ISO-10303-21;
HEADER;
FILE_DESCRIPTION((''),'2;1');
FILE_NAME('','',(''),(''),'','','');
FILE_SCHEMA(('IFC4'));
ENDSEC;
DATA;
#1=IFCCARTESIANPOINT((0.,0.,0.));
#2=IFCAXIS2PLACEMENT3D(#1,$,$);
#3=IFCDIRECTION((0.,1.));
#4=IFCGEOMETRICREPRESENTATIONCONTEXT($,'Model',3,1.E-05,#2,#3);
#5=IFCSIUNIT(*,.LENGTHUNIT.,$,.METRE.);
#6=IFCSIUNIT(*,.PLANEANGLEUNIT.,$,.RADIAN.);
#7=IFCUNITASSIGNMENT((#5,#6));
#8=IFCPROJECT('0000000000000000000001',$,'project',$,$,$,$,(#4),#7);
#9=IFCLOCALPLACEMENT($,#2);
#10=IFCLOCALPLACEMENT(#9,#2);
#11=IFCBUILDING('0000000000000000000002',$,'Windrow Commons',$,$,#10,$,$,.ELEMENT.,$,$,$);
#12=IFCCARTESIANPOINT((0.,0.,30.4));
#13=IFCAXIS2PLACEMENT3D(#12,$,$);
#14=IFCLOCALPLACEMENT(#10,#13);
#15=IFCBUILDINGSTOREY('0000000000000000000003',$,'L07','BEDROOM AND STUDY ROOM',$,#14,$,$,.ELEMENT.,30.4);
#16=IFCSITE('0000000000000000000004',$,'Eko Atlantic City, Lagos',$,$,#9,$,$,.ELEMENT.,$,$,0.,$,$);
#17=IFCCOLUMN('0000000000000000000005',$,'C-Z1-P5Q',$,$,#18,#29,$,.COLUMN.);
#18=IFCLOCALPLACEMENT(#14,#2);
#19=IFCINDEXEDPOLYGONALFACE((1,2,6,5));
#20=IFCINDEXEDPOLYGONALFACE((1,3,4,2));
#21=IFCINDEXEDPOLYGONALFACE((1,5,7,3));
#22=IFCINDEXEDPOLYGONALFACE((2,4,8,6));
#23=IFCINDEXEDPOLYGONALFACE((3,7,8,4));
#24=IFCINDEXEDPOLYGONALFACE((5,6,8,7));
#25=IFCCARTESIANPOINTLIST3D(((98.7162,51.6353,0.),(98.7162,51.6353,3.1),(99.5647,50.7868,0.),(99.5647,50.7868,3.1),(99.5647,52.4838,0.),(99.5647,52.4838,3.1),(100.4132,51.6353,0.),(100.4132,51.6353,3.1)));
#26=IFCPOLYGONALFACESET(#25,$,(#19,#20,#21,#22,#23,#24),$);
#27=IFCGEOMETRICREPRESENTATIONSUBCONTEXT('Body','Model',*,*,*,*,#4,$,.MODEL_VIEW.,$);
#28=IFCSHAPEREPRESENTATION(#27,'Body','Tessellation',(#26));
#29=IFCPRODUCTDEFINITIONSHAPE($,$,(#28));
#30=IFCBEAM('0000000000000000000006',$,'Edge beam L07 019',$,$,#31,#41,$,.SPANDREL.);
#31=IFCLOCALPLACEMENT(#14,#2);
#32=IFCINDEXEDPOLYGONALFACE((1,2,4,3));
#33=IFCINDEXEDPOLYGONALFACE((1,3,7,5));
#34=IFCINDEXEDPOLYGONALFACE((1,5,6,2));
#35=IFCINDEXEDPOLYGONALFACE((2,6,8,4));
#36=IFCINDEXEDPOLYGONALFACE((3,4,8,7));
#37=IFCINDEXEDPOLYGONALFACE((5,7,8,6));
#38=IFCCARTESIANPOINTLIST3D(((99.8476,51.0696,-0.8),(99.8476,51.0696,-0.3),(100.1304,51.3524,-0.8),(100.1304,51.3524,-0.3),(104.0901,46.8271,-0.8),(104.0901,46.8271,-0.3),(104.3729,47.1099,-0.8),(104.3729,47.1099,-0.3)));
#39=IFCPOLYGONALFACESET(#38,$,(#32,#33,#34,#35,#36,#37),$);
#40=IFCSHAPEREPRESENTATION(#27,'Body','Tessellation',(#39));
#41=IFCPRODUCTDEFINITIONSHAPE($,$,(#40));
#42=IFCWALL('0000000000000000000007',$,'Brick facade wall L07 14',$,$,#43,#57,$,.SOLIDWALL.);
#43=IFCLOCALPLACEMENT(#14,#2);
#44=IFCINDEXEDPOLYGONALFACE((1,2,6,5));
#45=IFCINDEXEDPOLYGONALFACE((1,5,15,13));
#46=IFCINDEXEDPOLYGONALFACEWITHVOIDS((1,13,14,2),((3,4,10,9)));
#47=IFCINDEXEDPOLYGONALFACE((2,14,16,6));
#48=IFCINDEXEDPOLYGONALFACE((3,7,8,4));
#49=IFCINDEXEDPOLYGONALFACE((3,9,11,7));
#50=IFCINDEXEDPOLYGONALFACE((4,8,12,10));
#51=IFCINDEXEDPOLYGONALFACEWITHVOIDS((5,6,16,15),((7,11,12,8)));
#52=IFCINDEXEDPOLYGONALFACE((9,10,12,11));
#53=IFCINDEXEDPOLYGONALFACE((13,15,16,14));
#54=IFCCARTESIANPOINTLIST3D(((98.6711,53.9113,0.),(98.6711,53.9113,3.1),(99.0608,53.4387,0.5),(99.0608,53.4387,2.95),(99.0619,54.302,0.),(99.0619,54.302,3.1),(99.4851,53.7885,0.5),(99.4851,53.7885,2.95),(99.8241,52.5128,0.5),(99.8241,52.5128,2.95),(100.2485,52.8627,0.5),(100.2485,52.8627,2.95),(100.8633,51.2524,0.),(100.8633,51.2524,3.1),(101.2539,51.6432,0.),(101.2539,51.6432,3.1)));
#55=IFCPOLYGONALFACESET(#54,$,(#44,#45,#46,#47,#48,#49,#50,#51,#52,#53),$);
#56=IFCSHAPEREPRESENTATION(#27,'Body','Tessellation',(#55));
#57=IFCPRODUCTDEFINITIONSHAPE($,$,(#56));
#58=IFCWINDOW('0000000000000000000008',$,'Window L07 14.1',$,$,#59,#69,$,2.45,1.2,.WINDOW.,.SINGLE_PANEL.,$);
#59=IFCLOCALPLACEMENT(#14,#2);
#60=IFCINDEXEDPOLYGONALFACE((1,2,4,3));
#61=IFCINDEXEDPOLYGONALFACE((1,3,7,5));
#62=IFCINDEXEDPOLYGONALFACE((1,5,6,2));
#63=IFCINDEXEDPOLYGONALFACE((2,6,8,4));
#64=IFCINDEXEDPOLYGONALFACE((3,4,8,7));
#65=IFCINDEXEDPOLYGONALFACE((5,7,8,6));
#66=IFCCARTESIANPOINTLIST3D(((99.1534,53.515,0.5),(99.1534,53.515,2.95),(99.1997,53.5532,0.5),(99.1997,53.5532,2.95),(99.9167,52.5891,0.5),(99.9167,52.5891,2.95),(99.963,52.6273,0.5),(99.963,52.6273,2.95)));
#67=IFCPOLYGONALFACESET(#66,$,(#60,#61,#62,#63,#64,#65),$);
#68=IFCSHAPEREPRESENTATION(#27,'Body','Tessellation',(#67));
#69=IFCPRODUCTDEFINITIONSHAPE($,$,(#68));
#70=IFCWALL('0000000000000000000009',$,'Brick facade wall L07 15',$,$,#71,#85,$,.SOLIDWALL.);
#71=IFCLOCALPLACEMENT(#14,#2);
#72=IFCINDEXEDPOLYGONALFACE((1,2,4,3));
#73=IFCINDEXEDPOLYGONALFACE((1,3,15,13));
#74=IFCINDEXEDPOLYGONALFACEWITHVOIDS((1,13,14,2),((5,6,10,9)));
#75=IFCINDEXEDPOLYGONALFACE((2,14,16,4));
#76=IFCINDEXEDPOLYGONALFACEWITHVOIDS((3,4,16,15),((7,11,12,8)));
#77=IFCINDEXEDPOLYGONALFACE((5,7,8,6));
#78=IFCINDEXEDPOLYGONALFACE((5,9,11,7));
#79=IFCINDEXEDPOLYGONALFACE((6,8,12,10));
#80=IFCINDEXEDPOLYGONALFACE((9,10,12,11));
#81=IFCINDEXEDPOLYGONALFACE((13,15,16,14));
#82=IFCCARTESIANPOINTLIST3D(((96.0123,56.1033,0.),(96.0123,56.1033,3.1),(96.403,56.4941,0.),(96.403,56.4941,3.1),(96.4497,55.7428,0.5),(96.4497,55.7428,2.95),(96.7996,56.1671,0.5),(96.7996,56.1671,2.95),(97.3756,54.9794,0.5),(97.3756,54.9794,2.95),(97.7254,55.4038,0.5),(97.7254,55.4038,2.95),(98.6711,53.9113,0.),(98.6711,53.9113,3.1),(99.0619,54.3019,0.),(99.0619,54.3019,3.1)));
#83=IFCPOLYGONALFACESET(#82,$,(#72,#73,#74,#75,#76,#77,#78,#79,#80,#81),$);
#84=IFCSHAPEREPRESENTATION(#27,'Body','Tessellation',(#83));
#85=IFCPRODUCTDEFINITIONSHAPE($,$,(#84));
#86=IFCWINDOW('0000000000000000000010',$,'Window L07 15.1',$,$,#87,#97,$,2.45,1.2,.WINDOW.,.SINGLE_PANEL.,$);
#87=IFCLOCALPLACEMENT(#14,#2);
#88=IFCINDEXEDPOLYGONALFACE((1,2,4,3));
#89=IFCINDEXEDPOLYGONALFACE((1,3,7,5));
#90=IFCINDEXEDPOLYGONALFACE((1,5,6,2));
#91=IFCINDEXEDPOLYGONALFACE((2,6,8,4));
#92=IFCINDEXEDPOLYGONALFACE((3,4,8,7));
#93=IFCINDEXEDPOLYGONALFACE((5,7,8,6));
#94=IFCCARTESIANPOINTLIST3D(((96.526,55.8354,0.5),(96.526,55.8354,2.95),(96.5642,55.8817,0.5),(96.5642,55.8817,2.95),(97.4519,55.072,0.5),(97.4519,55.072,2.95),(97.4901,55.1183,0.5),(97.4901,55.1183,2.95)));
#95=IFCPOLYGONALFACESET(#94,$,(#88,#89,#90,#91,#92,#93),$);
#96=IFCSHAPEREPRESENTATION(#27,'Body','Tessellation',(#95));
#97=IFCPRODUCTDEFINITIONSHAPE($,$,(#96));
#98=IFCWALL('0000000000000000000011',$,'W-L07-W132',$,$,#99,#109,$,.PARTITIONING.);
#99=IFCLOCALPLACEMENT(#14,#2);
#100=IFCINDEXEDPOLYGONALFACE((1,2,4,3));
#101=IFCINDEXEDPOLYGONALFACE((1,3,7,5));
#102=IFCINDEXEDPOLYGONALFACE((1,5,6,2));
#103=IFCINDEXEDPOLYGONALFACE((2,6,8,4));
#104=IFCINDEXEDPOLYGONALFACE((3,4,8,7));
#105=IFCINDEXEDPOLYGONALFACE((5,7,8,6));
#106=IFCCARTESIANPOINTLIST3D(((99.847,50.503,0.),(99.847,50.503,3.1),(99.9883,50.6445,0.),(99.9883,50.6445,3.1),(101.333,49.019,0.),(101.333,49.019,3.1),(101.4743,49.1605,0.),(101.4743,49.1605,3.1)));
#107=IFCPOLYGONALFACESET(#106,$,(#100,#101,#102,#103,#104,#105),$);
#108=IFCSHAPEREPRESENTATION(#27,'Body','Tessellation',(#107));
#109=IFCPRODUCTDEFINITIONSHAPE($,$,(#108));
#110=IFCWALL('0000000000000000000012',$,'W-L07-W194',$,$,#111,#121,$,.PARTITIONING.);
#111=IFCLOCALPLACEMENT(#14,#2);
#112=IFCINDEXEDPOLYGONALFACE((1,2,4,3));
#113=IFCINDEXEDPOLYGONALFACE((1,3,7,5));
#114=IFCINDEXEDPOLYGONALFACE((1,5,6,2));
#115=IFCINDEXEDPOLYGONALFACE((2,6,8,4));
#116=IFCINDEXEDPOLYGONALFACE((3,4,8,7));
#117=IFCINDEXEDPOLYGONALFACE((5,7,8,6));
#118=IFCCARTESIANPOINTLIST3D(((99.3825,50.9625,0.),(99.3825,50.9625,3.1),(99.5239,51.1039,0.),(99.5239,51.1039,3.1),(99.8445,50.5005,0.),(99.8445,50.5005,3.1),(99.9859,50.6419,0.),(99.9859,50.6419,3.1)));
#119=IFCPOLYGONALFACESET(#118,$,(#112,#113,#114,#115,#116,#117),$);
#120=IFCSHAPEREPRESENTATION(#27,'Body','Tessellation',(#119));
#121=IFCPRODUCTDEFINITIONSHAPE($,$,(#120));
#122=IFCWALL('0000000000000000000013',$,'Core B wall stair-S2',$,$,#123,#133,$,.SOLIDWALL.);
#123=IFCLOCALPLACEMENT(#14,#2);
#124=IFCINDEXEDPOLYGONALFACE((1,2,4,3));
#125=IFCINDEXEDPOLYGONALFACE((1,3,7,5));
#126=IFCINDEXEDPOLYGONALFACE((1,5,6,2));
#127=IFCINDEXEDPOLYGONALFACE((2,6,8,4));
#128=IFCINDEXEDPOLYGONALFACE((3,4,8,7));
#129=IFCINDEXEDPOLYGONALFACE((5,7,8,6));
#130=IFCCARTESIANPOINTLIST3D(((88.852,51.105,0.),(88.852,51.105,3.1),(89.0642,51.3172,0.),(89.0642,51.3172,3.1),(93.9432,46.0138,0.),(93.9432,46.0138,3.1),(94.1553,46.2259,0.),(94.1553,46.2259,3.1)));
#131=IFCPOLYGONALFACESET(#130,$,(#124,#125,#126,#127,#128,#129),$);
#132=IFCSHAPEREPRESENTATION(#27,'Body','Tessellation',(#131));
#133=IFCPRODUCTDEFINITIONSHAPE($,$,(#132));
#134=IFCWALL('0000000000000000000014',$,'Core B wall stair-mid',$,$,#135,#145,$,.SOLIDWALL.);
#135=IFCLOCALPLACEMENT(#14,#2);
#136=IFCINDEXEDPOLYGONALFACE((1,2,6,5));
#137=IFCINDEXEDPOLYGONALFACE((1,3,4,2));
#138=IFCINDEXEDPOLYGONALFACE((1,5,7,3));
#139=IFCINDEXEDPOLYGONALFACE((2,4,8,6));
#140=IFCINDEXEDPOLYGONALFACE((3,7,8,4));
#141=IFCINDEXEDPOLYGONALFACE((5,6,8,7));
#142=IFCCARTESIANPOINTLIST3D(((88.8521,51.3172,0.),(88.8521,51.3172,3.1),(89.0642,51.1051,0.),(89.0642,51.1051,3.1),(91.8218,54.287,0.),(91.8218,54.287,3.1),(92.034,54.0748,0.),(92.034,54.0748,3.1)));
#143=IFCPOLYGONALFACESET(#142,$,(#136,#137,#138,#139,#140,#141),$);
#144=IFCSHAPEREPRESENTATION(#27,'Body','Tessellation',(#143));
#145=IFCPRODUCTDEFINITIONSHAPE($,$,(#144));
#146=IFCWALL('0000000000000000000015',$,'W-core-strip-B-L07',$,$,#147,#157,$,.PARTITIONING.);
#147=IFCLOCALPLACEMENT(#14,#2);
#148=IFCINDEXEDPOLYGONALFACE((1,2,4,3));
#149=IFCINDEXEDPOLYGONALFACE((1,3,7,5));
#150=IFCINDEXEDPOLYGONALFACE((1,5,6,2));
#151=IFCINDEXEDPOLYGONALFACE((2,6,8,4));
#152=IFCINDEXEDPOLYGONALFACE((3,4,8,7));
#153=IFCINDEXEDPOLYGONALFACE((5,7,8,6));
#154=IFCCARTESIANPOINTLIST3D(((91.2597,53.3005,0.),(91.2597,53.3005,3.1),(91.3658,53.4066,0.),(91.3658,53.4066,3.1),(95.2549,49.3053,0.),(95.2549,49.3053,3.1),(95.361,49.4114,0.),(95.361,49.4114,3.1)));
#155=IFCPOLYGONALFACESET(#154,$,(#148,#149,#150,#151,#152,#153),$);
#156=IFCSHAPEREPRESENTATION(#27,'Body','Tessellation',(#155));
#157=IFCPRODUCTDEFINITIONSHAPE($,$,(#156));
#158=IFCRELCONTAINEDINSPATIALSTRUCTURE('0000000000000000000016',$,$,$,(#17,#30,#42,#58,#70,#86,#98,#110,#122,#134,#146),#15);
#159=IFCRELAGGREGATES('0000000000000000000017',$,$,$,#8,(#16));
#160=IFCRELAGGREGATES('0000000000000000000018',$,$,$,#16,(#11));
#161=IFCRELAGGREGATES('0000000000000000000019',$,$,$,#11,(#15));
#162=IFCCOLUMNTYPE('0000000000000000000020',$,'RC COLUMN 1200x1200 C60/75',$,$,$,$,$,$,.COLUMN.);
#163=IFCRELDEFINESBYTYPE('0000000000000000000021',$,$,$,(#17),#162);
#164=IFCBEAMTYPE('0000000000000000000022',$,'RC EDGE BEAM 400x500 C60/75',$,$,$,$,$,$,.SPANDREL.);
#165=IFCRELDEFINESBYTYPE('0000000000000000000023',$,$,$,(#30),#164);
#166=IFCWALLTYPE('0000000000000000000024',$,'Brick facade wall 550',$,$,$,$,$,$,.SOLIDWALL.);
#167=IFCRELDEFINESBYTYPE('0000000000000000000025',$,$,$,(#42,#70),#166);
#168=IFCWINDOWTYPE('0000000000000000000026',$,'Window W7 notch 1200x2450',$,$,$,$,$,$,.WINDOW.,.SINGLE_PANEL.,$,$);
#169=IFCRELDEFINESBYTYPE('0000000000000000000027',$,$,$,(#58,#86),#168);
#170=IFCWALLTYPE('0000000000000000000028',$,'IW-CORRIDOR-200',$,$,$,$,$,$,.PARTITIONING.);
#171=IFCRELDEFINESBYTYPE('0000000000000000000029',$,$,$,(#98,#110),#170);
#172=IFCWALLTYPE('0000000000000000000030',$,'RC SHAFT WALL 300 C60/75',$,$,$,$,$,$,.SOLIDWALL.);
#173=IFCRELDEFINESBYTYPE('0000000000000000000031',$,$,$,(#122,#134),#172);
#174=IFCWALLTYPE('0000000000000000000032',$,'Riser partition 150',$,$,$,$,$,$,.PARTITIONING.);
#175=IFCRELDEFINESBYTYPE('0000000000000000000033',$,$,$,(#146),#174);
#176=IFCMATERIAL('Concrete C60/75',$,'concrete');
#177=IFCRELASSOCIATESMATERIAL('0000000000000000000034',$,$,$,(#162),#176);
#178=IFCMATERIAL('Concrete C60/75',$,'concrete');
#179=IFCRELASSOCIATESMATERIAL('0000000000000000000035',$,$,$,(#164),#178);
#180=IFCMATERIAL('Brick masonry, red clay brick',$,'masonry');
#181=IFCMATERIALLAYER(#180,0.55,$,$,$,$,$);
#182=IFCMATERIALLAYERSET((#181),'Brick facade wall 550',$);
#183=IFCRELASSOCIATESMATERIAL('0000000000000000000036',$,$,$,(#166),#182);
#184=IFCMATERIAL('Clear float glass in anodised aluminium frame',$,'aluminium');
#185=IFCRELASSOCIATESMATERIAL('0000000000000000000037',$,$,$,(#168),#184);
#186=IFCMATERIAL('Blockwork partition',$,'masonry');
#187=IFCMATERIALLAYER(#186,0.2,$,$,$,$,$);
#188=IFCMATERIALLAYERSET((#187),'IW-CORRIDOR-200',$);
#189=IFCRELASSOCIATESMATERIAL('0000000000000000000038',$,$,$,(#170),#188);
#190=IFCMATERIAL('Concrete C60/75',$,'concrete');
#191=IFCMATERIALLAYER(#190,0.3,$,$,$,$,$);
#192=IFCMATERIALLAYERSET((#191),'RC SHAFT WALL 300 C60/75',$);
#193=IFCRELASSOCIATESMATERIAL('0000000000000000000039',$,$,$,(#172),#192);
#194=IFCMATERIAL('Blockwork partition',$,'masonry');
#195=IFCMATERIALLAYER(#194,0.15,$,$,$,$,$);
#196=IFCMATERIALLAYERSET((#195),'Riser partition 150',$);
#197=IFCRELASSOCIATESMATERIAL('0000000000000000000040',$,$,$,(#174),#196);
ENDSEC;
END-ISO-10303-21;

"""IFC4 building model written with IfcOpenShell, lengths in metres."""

from ifc_helpers import new_model, si_unit, direction, frame, frame_2d, origin, origin_2d, place, context, subcontext, project, spatial, polyline, rectangle, outline, extrude, material, layer, layer_set, material_profile, profile_set, type_object, element, fill, save


model = new_model("IFC4")

# Units and contexts
model_context = context("Model", 3, precision=1e-05, world=origin(), true_north=direction((0.0, 1.0)))
body_context = subcontext(model_context, "Body", "Model", "MODEL_VIEW")
ifc_project = project(units=[si_unit("LENGTHUNIT", "METRE"), si_unit("PLANEANGLEUNIT", "RADIAN")], contexts=[model_context])

# Site, building, storey
site_placement = place(None, origin())
site = spatial("IfcSite", under=ifc_project, at=site_placement, Name="Eko Atlantic City, Lagos", CompositionType="ELEMENT", RefElevation=0.0)
building_placement = place(site_placement, origin())
building = spatial("IfcBuilding", under=site, at=building_placement, Name="Windrow Commons", CompositionType="ELEMENT")
storey_placement = place(building_placement, frame((0.0, 0.0, 30.4)))
storey = spatial("IfcBuildingStorey", under=building, at=storey_placement, Name="L07", Description="BEDROOM AND STUDY ROOM", CompositionType="ELEMENT", Elevation=30.4)

# Column
ifc_material_1 = material(Name="Concrete C60/75", Category="concrete")
ifc_material_profile_1 = material_profile(ifc_material_1, rectangle(XDim=1.2, YDim=1.2, at=origin_2d()))
ifc_profile_set_1 = profile_set([ifc_material_profile_1], Name="Concrete C60/75")
column_type = type_object("IfcColumnType", Name="RC COLUMN 1200x1200 C60/75", PredefinedType="COLUMN", material=ifc_profile_set_1)
column_placement = place(storey_placement, frame((99.5647, 51.6353, 0.0), z_axis=(0.0, 0.0, 1.0), x_axis=(0.707107, -0.707107, 0.0)))
element("IfcColumn", 1, at=column_placement, inside=storey, type_object=column_type, Name="C-Z1-P5Q", PredefinedType="COLUMN", context=body_context, shape_type="SweptSolid", body=[
    extrude(rectangle(XDim=1.2, YDim=1.2, at=origin_2d()), origin(), (0.0, 0.0, 1.0), 3.1),
])

# Beam
ifc_material_2 = material(Name="Concrete C60/75", Category="concrete")
ifc_material_profile_2 = material_profile(ifc_material_2, rectangle(XDim=0.4, YDim=0.5, at=origin_2d()))
ifc_profile_set_2 = profile_set([ifc_material_profile_2], Name="Concrete C60/75")
beam_type = type_object("IfcBeamType", Name="RC EDGE BEAM 400x500 C60/75", PredefinedType="SPANDREL", material=ifc_profile_set_2)
beam_placement = place(storey_placement, frame((99.989, 51.211, -0.55), z_axis=(0.707107, -0.707107, 0.0), x_axis=(0.707107, 0.707107, 0.0)))
element("IfcBeam", 2, at=beam_placement, inside=storey, type_object=beam_type, Name="Edge beam L07 019", PredefinedType="SPANDREL", context=body_context, shape_type="SweptSolid", body=[
    extrude(rectangle(XDim=0.4, YDim=0.5, at=origin_2d()), origin(), (0.0, 0.0, 1.0), 5.9998),
])

# Walls, openings, windows
ifc_material_3 = material(Name="Brick masonry, red clay brick", Category="masonry")
ifc_layer_1 = layer(ifc_material_3, 0.55)
ifc_layer_set_1 = layer_set([ifc_layer_1], Name="Brick facade wall 550")
wall_type_1 = type_object("IfcWallType", Name="Brick facade wall 550", PredefinedType="SOLIDWALL", material=ifc_layer_set_1)
wall_1_placement = place(storey_placement, frame((101.0586, 51.4478, 0.0), z_axis=(0.0, 0.0, 1.0), x_axis=(-0.636139, 0.771574, 0.0)))
wall_1 = element("IfcWall", 3, at=wall_1_placement, inside=storey, type_object=wall_type_1, Name="Brick facade wall L07 14", PredefinedType="SOLIDWALL", context=body_context, shape_type="SweptSolid", body=[
    extrude(outline(polyline([(0.0265, -0.275), (3.4724, -0.275), (3.4195, 0.275), (-0.0265, 0.275), (0.0265, -0.275)])), origin(), (0.0, 0.0, 1.0), 3.1),
])
opening_1_placement = place(wall_1_placement, frame((1.607, 0.0, 0.5)))
opening_1 = element("IfcOpeningElement", 4, at=opening_1_placement, cuts=wall_1, PredefinedType="OPENING", context=body_context, shape_type="SweptSolid", body=[
    extrude(rectangle(XDim=1.2, YDim=2.45, at=frame_2d((0.6, 1.225))), frame((0.0, 0.285, 0.0), z_axis=(0.0, -1.0, 0.0), x_axis=(1.0, 0.0, 0.0)), (0.0, 0.0, 1.0), 0.57),
])
ifc_material_4 = material(Name="Clear float glass in anodised aluminium frame", Category="aluminium")
window_type = type_object("IfcWindowType", Name="Window W7 notch 1200x2450", PartitioningType="SINGLE_PANEL", PredefinedType="WINDOW", material=ifc_material_4)
window_1_placement = place(opening_1_placement, origin())
window_1 = element("IfcWindow", 5, at=window_1_placement, inside=storey, type_object=window_type, Name="Window L07 14.1", OverallHeight=2.45, OverallWidth=1.2, PartitioningType="SINGLE_PANEL", PredefinedType="WINDOW", context=body_context, shape_type="SweptSolid", body=[
    extrude(rectangle(XDim=1.2, YDim=2.45, at=frame_2d((0.6, 1.225))), frame((0.0, 0.155, 0.0), z_axis=(0.0, -1.0, 0.0), x_axis=(1.0, 0.0, 0.0)), (0.0, 0.0, 1.0), 0.06),
])
fill(opening_1, window_1)
wall_2_placement = place(storey_placement, frame((98.8665, 54.1066, 0.0), z_axis=(0.0, 0.0, 1.0), x_axis=(-0.771574, 0.636139, 0.0)))
wall_2 = element("IfcWall", 6, at=wall_2_placement, inside=storey, type_object=wall_type_1, Name="Brick facade wall L07 15", PredefinedType="SOLIDWALL", context=body_context, shape_type="SweptSolid", body=[
    extrude(outline(polyline([(-0.0265, -0.275), (3.4195, -0.275), (3.4724, 0.275), (0.0265, 0.275), (-0.0265, -0.275)])), origin(), (0.0, 0.0, 1.0), 3.1),
])
opening_2_placement = place(wall_2_placement, frame((1.7056, 0.0, 0.5)))
opening_2 = element("IfcOpeningElement", 7, at=opening_2_placement, cuts=wall_2, PredefinedType="OPENING", context=body_context, shape_type="SweptSolid", body=[
    extrude(rectangle(XDim=1.2, YDim=2.45, at=frame_2d((0.6, 1.225))), frame((0.0, 0.285, 0.0), z_axis=(0.0, -1.0, 0.0), x_axis=(1.0, 0.0, 0.0)), (0.0, 0.0, 1.0), 0.57),
])
window_2_placement = place(opening_2_placement, origin())
window_2 = element("IfcWindow", 8, at=window_2_placement, inside=storey, type_object=window_type, Name="Window L07 15.1", OverallHeight=2.45, OverallWidth=1.2, PartitioningType="SINGLE_PANEL", PredefinedType="WINDOW", context=body_context, shape_type="SweptSolid", body=[
    extrude(rectangle(XDim=1.2, YDim=2.45, at=frame_2d((0.6, 1.225))), frame((0.0, 0.155, 0.0), z_axis=(0.0, -1.0, 0.0), x_axis=(1.0, 0.0, 0.0)), (0.0, 0.0, 1.0), 0.06),
])
fill(opening_2, window_2)

# Walls
ifc_material_5 = material(Name="Blockwork partition", Category="masonry")
ifc_layer_2 = layer(ifc_material_5, 0.2)
ifc_layer_set_2 = layer_set([ifc_layer_2], Name="IW-CORRIDOR-200")
wall_type_2 = type_object("IfcWallType", Name="IW-CORRIDOR-200", PredefinedType="PARTITIONING", material=ifc_layer_set_2)
wall_3_placement = place(storey_placement, frame((99.9177, 50.5737, 0.0), z_axis=(0.0, 0.0, 1.0), x_axis=(0.707583, -0.70663, 0.0)))
element("IfcWall", 9, at=wall_3_placement, inside=storey, type_object=wall_type_2, Name="W-L07-W132", PredefinedType="PARTITIONING", context=body_context, shape_type="SweptSolid", body=[
    extrude(rectangle(XDim=2.1001, YDim=0.2, at=frame_2d((1.05, 0.0))), origin(), (0.0, 0.0, 1.0), 3.1),
])
wall_4_placement = place(storey_placement, frame((99.4532, 51.0332, 0.0), z_axis=(0.0, 0.0, 1.0), x_axis=(0.707107, -0.707107, 0.0)))
element("IfcWall", 10, at=wall_4_placement, inside=storey, type_object=wall_type_2, Name="W-L07-W194", PredefinedType="PARTITIONING", context=body_context, shape_type="SweptSolid", body=[
    extrude(rectangle(XDim=0.6534, YDim=0.2, at=frame_2d((0.3267, 0.0))), origin(), (0.0, 0.0, 1.0), 3.1),
])
ifc_material_6 = material(Name="Concrete C60/75", Category="concrete")
ifc_layer_3 = layer(ifc_material_6, 0.3)
ifc_layer_set_3 = layer_set([ifc_layer_3], Name="RC SHAFT WALL 300 C60/75")
wall_type_3 = type_object("IfcWallType", Name="RC SHAFT WALL 300 C60/75", PredefinedType="SOLIDWALL", material=ifc_layer_set_3)
wall_5_placement = place(storey_placement, frame((88.9581, 51.2111, 0.0), z_axis=(0.0, 0.0, 1.0), x_axis=(0.7071, -0.707114, 0.0)))
element("IfcWall", 11, at=wall_5_placement, inside=storey, type_object=wall_type_3, Name="Core B wall stair-S2", PredefinedType="SOLIDWALL", context=body_context, shape_type="SweptSolid", body=[
    extrude(rectangle(XDim=7.2, YDim=0.3, at=frame_2d((3.6, 0.0))), origin(), (0.0, 0.0, 1.0), 3.1),
])
wall_6_placement = place(storey_placement, frame((88.9581, 51.2111, 0.0), z_axis=(0.0, 0.0, 1.0), x_axis=(0.707107, 0.707107, 0.0)))
element("IfcWall", 12, at=wall_6_placement, inside=storey, type_object=wall_type_3, Name="Core B wall stair-mid", PredefinedType="SOLIDWALL", context=body_context, shape_type="SweptSolid", body=[
    extrude(rectangle(XDim=4.1999, YDim=0.3, at=frame_2d((2.1, 0.0))), origin(), (0.0, 0.0, 1.0), 3.1),
])
ifc_material_7 = material(Name="Blockwork partition", Category="masonry")
ifc_layer_4 = layer(ifc_material_7, 0.15)
ifc_layer_set_4 = layer_set([ifc_layer_4], Name="Riser partition 150")
wall_type_4 = type_object("IfcWallType", Name="Riser partition 150", PredefinedType="PARTITIONING", material=ifc_layer_set_4)
wall_7_placement = place(storey_placement, frame((91.3127, 53.3536, 0.0), z_axis=(0.0, 0.0, 1.0), x_axis=(0.707107, -0.707107, 0.0)))
element("IfcWall", 13, at=wall_7_placement, inside=storey, type_object=wall_type_4, Name="W-core-strip-B-L07", PredefinedType="PARTITIONING", context=body_context, shape_type="SweptSolid", body=[
    extrude(rectangle(XDim=5.6501, YDim=0.15, at=frame_2d((2.8251, 0.0))), origin(), (0.0, 0.0, 1.0), 3.1),
])

save(model, "model.ifc")
